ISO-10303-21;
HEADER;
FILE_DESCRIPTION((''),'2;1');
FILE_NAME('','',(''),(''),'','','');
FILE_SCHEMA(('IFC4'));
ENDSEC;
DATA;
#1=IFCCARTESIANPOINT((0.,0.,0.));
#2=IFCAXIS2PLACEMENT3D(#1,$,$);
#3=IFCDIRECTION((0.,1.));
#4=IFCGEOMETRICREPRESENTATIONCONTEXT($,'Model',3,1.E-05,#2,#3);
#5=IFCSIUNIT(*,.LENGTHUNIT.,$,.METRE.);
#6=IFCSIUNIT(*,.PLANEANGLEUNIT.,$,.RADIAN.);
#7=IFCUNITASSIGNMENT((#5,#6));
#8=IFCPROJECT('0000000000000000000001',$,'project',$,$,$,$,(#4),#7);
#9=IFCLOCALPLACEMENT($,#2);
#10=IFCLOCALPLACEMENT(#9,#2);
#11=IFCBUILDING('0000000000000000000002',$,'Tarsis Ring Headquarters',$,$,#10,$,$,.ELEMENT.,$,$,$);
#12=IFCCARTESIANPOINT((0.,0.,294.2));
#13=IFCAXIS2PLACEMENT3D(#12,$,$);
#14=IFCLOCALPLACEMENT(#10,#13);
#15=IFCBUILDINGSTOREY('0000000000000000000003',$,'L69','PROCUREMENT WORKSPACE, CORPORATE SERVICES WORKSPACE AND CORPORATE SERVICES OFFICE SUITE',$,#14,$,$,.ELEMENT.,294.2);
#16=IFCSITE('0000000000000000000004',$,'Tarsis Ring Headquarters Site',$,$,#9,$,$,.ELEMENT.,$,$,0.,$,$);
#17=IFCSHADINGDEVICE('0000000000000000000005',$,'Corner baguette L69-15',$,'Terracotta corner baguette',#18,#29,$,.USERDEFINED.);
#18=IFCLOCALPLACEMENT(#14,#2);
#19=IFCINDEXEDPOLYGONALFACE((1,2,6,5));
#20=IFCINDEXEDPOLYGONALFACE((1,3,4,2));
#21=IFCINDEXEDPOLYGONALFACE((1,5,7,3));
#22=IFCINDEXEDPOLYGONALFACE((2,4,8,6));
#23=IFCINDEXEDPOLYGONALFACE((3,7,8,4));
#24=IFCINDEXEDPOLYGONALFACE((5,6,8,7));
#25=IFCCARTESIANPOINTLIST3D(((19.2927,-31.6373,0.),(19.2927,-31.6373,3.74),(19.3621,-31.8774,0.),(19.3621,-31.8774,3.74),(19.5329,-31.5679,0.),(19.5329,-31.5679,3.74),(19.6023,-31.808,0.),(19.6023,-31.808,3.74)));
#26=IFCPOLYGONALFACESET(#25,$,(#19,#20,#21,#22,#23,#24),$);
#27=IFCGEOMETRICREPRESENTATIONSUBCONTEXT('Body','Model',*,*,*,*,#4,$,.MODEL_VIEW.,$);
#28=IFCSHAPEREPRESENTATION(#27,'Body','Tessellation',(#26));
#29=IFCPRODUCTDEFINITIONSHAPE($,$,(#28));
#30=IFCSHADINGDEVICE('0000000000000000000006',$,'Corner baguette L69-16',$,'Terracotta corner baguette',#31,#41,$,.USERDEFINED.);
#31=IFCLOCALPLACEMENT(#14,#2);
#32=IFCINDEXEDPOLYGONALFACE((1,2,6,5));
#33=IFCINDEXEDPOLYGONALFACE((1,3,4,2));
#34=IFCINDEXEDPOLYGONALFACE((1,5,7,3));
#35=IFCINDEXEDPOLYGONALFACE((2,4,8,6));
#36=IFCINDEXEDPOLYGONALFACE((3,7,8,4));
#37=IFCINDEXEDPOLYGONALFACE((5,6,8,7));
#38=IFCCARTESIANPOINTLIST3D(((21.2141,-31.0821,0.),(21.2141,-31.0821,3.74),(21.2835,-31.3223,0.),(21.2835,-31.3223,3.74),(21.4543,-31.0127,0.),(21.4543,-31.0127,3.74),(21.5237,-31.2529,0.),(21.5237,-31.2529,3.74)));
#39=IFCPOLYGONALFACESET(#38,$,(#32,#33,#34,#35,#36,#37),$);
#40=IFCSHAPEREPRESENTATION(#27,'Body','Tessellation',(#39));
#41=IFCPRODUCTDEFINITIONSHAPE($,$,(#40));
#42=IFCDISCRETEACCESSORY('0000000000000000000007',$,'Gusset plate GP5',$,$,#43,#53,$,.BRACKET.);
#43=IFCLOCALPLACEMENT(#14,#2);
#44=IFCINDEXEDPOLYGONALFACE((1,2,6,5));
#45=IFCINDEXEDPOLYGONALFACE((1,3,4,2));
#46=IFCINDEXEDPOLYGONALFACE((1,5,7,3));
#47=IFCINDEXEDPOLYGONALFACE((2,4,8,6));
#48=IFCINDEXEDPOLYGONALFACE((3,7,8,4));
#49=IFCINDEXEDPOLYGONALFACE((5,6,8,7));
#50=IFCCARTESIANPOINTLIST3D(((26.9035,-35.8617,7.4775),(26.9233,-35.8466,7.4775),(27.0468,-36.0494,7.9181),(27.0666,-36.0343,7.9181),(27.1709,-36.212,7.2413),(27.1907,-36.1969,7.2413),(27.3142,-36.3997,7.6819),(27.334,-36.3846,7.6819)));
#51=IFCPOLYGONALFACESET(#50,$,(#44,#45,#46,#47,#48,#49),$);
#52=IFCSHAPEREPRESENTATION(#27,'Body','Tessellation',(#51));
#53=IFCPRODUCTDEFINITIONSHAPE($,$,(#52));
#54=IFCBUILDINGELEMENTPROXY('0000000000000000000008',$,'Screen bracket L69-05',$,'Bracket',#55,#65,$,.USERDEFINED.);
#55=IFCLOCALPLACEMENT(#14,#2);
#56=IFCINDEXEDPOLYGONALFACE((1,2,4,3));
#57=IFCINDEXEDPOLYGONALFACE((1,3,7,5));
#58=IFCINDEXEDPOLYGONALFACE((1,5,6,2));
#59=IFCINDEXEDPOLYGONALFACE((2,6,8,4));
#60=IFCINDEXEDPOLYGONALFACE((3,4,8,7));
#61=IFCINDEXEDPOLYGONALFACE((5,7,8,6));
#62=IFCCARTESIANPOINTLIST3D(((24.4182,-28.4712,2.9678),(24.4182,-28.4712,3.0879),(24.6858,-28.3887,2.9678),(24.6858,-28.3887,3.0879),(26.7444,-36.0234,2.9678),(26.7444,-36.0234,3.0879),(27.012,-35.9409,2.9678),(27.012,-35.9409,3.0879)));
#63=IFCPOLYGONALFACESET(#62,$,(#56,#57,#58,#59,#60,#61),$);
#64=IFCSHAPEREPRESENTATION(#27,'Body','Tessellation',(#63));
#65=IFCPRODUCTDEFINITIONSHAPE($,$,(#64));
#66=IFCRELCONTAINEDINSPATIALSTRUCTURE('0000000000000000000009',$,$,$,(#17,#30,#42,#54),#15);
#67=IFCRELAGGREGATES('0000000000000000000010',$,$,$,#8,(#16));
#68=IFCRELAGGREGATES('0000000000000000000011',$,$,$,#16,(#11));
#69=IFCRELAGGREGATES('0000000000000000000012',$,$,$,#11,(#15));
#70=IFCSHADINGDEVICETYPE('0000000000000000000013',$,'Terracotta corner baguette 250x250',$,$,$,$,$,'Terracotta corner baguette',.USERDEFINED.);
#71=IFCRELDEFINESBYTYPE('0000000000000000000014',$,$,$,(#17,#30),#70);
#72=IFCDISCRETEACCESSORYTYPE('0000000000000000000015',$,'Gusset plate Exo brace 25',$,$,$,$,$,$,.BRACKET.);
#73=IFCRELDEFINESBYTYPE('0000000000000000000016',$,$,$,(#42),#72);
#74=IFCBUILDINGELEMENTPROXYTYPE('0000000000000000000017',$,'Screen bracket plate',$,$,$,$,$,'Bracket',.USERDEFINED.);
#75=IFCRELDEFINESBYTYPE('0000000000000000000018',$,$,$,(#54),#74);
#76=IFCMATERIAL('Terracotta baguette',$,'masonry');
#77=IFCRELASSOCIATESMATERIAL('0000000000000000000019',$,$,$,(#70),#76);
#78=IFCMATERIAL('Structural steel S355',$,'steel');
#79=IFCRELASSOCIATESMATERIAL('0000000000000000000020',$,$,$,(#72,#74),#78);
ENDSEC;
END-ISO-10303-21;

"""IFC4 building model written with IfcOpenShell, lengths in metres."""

from ifc_helpers import new_model, si_unit, direction, frame, origin, origin_2d, place, context, subcontext, project, spatial, rectangle, extrude, material, material_profile, profile_set, type_object, element, save


model = new_model("IFC4")

# Units and contexts
model_context = context("Model", 3, precision=1e-05, world=origin(), true_north=direction((0.0, 1.0)))
body_context = subcontext(model_context, "Body", "Model", "MODEL_VIEW")
ifc_project = project(units=[si_unit("LENGTHUNIT", "METRE"), si_unit("PLANEANGLEUNIT", "RADIAN")], contexts=[model_context])

# Site, building, storey
site_placement = place(None, origin())
site = spatial("IfcSite", under=ifc_project, at=site_placement, Name="Tarsis Ring Headquarters Site", CompositionType="ELEMENT", RefElevation=0.0)
building_placement = place(site_placement, origin())
building = spatial("IfcBuilding", under=site, at=building_placement, Name="Tarsis Ring Headquarters", CompositionType="ELEMENT")
storey_placement = place(building_placement, frame((0.0, 0.0, 294.2)))
storey = spatial("IfcBuildingStorey", under=building, at=storey_placement, Name="L69", Description="PROCUREMENT WORKSPACE, CORPORATE SERVICES WORKSPACE AND CORPORATE SERVICES OFFICE SUITE", CompositionType="ELEMENT", Elevation=294.2)

# Shared definitions
ifc_material_1 = material(Name="Structural steel S355", Category="steel")

# Shading devices
ifc_material_2 = material(Name="Terracotta baguette", Category="masonry")
shading_device_type_1 = type_object("IfcShadingDeviceType", Name="Terracotta corner baguette 250x250", ElementType="Terracotta corner baguette", PredefinedType="USERDEFINED", material=ifc_material_2)
for number, where, z_axis, x_axis, name in (
    (1, (19.4475, -31.7227, 0.0), (0.0, 0.0, 1.0), (-0.27765, 0.960682, 0.0), "Corner baguette L69-15"),
    (2, (21.3689, -31.1675, 0.0), (0.0, 0.0, 1.0), (0.960682, 0.27765, 0.0), "Corner baguette L69-16"),
):
    element("IfcShadingDevice", number, at=place(storey_placement, frame(where, z_axis=z_axis, x_axis=x_axis)), inside=storey, type_object=shading_device_type_1, Name=name, ObjectType="Terracotta corner baguette", PredefinedType="USERDEFINED", context=body_context, shape_type="SweptSolid", body=[
        extrude(rectangle(XDim=0.25, YDim=0.25, at=origin_2d()), origin(), (0.0, 0.0, 1.0), 3.74),
    ])

# Discrete accessory
ifc_material_profile_1 = material_profile(ifc_material_1, rectangle(XDim=0.0249, YDim=0.5, at=origin_2d()), Name="PL 25x500")
ifc_profile_set_1 = profile_set([ifc_material_profile_1], Name="Structural steel S355")
discrete_accessory_type = type_object("IfcDiscreteAccessoryType", Name="Gusset plate Exo brace 25", PredefinedType="BRACKET", material=ifc_profile_set_1)
discrete_accessory_placement = place(storey_placement, frame((27.1904, -36.217, 7.8), z_axis=(-0.286633, 0.375504, -0.881384), x_axis=(-0.794886, -0.606759, 0.0)))
element("IfcDiscreteAccessory", 3, at=discrete_accessory_placement, inside=storey, type_object=discrete_accessory_type, Name="Gusset plate GP5", PredefinedType="BRACKET", context=body_context, shape_type="SweptSolid", body=[
    extrude(rectangle(XDim=0.0249, YDim=0.5, at=origin_2d()), origin(), (0.0, 0.0, 1.0), 0.5),
])

# Building element proxy
building_element_proxy_type = type_object("IfcBuildingElementProxyType", Name="Screen bracket plate", ElementType="Bracket", PredefinedType="USERDEFINED", material=ifc_material_1)
proxy_placement = place(storey_placement, frame((25.7151, -32.2061, 2.9678), z_axis=(0.0, 0.0, 1.0), x_axis=(-0.294374, 0.95569, 0.0)))
element("IfcBuildingElementProxy", 4, at=proxy_placement, inside=storey, type_object=building_element_proxy_type, Name="Screen bracket L69-05", ObjectType="Bracket", PredefinedType="USERDEFINED", context=body_context, shape_type="SweptSolid", body=[
    extrude(rectangle(XDim=7.9023, YDim=0.28, at=origin_2d()), origin(), (0.0, 0.0, 1.0), 0.1201),
])

save(model, "model.ifc")
